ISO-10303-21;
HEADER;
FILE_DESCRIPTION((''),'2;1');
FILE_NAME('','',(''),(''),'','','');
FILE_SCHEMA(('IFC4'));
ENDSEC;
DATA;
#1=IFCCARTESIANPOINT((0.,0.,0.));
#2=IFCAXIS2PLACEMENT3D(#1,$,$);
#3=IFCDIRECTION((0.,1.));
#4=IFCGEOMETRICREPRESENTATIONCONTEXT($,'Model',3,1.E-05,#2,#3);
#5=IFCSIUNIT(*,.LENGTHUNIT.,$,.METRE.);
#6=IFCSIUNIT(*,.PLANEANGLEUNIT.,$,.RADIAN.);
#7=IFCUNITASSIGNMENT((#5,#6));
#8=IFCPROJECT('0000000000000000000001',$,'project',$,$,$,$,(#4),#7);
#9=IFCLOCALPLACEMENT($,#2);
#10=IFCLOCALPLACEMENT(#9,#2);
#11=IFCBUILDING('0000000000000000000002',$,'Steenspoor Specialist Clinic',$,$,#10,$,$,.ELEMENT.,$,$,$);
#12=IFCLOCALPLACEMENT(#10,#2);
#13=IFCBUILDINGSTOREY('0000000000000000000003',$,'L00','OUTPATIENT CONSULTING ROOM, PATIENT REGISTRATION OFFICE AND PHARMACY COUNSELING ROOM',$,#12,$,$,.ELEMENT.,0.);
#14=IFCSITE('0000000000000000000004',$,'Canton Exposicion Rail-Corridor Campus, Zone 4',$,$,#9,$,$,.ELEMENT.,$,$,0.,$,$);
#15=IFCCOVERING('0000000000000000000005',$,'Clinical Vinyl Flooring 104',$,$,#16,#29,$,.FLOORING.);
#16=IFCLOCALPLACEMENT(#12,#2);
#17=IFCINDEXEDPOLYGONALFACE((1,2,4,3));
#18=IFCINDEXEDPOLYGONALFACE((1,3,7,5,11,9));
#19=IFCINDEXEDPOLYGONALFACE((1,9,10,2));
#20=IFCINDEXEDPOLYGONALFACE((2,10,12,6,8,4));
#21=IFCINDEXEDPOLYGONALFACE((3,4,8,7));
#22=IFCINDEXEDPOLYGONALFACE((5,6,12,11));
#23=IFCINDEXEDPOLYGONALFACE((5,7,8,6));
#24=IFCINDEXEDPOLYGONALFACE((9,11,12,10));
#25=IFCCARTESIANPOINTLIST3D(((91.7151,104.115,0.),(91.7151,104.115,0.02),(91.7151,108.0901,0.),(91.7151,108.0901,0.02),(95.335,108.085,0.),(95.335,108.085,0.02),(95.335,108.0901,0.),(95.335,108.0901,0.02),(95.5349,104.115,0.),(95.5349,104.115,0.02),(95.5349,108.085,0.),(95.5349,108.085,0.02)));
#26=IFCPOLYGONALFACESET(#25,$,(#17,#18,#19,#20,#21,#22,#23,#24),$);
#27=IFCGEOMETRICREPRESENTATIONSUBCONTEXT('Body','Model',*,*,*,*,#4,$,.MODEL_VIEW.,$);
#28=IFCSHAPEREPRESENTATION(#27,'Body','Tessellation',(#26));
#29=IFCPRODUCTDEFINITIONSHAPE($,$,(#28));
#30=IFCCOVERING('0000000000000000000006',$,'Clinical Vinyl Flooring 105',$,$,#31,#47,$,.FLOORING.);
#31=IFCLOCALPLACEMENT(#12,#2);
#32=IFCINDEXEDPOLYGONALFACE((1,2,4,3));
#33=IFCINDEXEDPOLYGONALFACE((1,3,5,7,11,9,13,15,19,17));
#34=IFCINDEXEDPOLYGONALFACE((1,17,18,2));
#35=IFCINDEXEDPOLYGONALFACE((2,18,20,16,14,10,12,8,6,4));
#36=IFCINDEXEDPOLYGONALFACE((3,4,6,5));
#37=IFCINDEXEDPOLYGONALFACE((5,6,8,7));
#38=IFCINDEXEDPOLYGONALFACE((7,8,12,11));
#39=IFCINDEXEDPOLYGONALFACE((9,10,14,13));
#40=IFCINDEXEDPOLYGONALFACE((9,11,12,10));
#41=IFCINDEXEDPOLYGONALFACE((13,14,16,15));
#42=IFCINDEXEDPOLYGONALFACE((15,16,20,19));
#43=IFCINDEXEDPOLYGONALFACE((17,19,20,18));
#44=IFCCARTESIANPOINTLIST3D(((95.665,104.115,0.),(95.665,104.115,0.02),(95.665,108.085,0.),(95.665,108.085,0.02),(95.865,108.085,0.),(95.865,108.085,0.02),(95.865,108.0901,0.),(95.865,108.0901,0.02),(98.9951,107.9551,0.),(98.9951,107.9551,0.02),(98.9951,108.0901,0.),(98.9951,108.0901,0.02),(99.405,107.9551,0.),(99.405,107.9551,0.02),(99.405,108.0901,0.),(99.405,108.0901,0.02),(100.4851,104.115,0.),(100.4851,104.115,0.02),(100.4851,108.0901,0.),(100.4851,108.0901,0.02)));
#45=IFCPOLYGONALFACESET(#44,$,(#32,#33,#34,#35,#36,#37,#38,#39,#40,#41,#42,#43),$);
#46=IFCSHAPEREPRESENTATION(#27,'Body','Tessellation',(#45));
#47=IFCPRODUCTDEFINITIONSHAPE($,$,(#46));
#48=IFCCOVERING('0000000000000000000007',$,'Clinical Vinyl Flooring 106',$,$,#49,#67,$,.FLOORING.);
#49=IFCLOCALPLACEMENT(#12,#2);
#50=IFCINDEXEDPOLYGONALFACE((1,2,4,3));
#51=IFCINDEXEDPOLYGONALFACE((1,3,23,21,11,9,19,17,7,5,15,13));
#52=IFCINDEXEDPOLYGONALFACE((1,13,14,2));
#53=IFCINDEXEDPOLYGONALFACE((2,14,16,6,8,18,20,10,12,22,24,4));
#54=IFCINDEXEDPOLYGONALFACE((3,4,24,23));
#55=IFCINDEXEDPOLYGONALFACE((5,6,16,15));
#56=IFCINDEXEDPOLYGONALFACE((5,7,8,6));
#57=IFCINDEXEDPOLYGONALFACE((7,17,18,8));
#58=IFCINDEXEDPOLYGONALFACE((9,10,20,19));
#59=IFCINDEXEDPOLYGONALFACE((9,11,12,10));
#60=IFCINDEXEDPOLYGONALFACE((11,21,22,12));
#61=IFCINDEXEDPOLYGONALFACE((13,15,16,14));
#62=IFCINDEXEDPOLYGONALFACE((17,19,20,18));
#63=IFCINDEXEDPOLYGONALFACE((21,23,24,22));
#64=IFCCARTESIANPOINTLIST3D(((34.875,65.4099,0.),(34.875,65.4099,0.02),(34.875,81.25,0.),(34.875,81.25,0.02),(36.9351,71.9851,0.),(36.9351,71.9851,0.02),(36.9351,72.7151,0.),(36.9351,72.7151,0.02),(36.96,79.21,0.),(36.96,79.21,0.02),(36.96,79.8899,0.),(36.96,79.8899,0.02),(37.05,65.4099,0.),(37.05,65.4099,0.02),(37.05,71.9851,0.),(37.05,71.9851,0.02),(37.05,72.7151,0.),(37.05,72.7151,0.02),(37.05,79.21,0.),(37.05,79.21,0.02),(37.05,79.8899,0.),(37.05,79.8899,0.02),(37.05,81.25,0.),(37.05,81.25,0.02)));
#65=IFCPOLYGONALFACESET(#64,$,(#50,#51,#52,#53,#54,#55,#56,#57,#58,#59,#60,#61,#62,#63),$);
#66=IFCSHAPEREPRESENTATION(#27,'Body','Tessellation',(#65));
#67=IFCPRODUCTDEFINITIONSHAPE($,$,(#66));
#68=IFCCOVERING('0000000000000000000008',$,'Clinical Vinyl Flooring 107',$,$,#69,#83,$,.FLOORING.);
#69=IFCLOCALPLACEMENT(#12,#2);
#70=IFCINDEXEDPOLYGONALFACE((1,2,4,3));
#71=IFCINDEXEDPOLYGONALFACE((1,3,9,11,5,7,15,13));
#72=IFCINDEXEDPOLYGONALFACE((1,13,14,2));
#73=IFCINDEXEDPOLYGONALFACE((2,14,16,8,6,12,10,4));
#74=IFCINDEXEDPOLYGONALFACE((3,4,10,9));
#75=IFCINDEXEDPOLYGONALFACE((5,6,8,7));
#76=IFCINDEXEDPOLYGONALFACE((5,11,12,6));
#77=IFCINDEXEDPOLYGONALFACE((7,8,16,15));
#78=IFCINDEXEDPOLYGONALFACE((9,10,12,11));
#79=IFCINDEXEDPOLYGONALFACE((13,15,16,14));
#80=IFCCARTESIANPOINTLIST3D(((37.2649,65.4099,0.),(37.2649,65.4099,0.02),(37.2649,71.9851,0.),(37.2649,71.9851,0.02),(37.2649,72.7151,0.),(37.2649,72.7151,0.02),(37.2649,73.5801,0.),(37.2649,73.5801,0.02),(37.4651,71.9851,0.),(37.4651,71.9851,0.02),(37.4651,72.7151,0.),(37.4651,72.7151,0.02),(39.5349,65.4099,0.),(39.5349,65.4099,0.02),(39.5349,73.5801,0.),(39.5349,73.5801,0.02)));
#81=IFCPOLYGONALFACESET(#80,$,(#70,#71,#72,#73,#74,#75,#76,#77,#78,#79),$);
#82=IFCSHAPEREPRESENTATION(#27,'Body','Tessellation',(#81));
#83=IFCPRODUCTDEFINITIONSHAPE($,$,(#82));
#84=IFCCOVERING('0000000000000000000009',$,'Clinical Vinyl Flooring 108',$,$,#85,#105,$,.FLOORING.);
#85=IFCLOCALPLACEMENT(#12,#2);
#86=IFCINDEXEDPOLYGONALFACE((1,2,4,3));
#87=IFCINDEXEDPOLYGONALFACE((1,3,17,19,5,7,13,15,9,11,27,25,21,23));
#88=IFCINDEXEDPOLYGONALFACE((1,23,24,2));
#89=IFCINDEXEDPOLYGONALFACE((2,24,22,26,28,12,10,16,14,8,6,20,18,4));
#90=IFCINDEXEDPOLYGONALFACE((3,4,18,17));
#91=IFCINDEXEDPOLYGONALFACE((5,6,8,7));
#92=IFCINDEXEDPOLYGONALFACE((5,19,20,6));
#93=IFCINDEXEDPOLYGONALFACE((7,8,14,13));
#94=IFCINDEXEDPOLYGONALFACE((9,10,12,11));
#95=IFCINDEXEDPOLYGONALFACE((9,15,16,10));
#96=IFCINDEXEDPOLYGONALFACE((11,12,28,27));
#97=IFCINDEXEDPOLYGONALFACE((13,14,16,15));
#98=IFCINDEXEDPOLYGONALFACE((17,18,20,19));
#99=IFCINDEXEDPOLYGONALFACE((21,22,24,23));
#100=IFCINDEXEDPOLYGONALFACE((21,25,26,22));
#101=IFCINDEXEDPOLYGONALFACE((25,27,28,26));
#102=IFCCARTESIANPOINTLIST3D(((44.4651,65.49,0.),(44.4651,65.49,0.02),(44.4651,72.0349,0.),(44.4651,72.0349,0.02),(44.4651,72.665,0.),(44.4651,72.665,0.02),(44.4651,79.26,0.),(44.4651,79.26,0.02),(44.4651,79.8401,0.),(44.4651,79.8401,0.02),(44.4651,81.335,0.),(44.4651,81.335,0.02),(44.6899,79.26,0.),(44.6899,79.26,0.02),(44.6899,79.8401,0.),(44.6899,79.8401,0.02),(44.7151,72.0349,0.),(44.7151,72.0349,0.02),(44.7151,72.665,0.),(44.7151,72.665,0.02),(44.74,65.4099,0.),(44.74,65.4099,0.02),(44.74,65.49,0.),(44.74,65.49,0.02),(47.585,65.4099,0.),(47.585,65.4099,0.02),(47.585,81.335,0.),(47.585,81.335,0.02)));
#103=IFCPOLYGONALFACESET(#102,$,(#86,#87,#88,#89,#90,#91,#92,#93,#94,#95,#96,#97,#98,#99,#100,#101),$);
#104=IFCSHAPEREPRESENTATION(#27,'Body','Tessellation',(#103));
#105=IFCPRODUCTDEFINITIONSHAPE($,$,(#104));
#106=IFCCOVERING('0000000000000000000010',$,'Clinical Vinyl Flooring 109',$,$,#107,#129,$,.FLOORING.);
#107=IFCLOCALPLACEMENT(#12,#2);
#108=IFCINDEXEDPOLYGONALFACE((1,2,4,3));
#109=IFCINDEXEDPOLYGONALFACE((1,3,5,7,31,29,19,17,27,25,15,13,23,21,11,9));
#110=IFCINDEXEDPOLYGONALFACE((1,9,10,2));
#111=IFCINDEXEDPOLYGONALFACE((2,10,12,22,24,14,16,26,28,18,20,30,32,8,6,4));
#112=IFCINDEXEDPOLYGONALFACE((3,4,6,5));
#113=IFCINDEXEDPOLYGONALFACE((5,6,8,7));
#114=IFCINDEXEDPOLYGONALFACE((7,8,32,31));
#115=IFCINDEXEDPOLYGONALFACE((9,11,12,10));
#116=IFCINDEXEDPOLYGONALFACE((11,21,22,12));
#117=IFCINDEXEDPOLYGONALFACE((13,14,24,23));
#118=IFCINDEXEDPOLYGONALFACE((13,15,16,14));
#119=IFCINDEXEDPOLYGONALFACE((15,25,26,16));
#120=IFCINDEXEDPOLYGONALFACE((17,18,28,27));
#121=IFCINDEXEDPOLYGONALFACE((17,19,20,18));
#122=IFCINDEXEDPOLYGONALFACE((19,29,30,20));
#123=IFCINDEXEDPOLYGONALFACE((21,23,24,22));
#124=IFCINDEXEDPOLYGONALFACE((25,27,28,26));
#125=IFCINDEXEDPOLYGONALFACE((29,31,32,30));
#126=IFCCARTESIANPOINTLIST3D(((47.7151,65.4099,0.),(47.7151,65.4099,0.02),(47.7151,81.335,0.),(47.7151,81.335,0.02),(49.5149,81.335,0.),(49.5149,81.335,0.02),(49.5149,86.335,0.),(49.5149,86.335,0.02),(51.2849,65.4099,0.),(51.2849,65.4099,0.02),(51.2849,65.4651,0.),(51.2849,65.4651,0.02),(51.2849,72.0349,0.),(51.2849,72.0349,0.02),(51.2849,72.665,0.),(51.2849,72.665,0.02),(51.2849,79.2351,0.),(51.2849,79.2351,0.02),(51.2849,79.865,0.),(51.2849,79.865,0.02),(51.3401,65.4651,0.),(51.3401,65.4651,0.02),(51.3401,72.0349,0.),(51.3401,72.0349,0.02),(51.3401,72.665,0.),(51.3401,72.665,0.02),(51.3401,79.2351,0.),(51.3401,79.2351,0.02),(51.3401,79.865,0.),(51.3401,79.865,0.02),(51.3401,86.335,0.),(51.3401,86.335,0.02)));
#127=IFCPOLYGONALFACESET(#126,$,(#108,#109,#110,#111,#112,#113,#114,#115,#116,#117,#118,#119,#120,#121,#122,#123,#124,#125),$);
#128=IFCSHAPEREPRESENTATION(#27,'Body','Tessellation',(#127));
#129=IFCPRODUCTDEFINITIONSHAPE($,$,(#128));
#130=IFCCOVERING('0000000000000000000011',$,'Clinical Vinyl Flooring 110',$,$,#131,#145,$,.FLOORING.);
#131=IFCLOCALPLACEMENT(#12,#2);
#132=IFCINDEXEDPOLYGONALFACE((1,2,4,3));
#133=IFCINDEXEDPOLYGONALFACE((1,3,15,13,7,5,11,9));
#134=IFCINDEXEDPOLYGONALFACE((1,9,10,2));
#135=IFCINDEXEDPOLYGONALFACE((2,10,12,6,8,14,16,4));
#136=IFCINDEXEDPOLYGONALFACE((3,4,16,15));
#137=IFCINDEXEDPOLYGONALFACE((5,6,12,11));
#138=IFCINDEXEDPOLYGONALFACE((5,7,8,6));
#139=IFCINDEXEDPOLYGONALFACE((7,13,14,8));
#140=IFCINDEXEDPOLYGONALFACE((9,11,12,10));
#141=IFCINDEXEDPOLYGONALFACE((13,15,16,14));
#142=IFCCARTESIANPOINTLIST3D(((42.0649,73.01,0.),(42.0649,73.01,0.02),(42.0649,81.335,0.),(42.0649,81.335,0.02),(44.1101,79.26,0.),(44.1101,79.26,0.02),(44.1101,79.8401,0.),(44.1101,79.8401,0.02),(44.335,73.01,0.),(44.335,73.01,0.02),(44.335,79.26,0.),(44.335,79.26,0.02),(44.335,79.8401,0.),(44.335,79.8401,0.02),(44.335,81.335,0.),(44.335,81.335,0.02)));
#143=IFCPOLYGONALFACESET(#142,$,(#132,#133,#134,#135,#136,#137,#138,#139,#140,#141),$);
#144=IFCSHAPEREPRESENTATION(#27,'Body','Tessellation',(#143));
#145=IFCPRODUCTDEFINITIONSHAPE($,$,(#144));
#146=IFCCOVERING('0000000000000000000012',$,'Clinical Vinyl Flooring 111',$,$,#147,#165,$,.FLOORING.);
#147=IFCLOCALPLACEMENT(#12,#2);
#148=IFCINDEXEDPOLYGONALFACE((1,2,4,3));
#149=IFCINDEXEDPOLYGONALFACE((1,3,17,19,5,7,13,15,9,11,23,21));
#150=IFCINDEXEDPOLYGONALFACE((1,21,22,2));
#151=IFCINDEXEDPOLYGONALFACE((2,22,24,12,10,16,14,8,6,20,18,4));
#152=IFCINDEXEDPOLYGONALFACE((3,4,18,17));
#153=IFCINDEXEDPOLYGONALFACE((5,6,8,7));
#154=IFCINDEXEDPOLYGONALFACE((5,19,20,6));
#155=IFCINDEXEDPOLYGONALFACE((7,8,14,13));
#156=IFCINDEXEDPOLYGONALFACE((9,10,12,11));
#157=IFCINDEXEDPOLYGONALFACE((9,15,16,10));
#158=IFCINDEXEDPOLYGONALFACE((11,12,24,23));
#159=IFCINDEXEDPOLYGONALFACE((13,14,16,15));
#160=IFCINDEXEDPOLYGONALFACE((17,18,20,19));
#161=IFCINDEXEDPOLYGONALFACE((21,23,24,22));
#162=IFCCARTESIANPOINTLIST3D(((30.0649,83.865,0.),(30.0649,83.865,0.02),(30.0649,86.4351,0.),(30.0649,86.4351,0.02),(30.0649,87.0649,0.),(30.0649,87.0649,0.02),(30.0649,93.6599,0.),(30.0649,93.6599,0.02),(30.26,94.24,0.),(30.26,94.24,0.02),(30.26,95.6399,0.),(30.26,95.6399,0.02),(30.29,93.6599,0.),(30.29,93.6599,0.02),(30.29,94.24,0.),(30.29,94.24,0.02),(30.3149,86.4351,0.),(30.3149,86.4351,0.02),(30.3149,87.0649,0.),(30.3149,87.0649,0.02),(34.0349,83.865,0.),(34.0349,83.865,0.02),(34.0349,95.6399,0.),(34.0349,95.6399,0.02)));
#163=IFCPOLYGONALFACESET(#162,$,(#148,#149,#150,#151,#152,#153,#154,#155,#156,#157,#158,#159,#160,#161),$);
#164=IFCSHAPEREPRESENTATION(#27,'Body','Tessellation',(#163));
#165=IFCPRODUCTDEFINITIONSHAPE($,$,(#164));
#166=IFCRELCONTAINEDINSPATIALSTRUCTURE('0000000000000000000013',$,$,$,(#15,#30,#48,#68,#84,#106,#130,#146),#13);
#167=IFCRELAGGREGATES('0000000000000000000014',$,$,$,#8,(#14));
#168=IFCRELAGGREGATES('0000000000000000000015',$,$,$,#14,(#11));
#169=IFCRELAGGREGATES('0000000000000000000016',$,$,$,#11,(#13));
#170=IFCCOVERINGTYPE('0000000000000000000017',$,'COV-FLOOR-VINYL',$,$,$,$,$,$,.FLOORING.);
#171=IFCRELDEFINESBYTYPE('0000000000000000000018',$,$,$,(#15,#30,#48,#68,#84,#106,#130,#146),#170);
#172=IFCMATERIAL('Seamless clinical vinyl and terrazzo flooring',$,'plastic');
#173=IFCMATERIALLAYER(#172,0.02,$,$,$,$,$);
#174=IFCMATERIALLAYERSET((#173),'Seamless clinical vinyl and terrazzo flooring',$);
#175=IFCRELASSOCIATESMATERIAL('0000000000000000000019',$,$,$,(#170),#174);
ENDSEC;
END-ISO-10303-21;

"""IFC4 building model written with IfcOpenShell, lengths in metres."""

from ifc_helpers import new_model, si_unit, direction, origin, place, context, subcontext, project, spatial, polyline, outline, extrude, material, layer, layer_set, type_object, element, save


model = new_model("IFC4")

# Units and contexts
model_context = context("Model", 3, precision=1e-05, world=origin(), true_north=direction((0.0, 1.0)))
body_context = subcontext(model_context, "Body", "Model", "MODEL_VIEW")
ifc_project = project(units=[si_unit("LENGTHUNIT", "METRE"), si_unit("PLANEANGLEUNIT", "RADIAN")], contexts=[model_context])

# Site, building, storey
site_placement = place(None, origin())
site = spatial("IfcSite", under=ifc_project, at=site_placement, Name="Canton Exposicion Rail-Corridor Campus, Zone 4", CompositionType="ELEMENT", RefElevation=0.0)
building_placement = place(site_placement, origin())
building = spatial("IfcBuilding", under=site, at=building_placement, Name="Steenspoor Specialist Clinic", CompositionType="ELEMENT")
storey_placement = place(building_placement, origin())
storey = spatial("IfcBuildingStorey", under=building, at=storey_placement, Name="L00", Description="OUTPATIENT CONSULTING ROOM, PATIENT REGISTRATION OFFICE AND PHARMACY COUNSELING ROOM", CompositionType="ELEMENT", Elevation=0.0)

# Coverings
ifc_material_1 = material(Name="Seamless clinical vinyl and terrazzo flooring", Category="plastic")
ifc_layer_1 = layer(ifc_material_1, 0.02)
ifc_layer_set_1 = layer_set([ifc_layer_1], Name="Seamless clinical vinyl and terrazzo flooring")
covering_type_1 = type_object("IfcCoveringType", Name="COV-FLOOR-VINYL", PredefinedType="FLOORING", material=ifc_layer_set_1)
covering_1_placement = place(storey_placement, origin())
element("IfcCovering", 1, at=covering_1_placement, inside=storey, type_object=covering_type_1, Name="Clinical Vinyl Flooring 104", PredefinedType="FLOORING", context=body_context, shape_type="SweptSolid", body=[
    extrude(outline(polyline([(91.7151, 108.0901), (95.335, 108.0901), (95.335, 108.085), (95.5349, 108.085), (95.5349, 104.115), (91.7151, 104.115), (91.7151, 108.0901)])), origin(), (0.0, 0.0, 1.0), 0.02),
])
covering_2_placement = place(storey_placement, origin())
element("IfcCovering", 2, at=covering_2_placement, inside=storey, type_object=covering_type_1, Name="Clinical Vinyl Flooring 105", PredefinedType="FLOORING", context=body_context, shape_type="SweptSolid", body=[
    extrude(outline(polyline([(98.9951, 108.0901), (98.9951, 107.9551), (99.405, 107.9551), (99.405, 108.0901), (100.4851, 108.0901), (100.4851, 104.115), (95.665, 104.115), (95.665, 108.085), (95.865, 108.085), (95.865, 108.0901), (98.9951, 108.0901)])), origin(), (0.0, 0.0, 1.0), 0.02),
])
covering_3_placement = place(storey_placement, origin())
element("IfcCovering", 3, at=covering_3_placement, inside=storey, type_object=covering_type_1, Name="Clinical Vinyl Flooring 106", PredefinedType="FLOORING", context=body_context, shape_type="SweptSolid", body=[
    extrude(outline(polyline([(37.05, 79.8899), (36.96, 79.8899), (36.96, 79.21), (37.05, 79.21), (37.05, 72.7151), (36.9351, 72.7151), (36.9351, 71.9851), (37.05, 71.9851), (37.05, 65.4099), (34.875, 65.4099), (34.875, 81.25), (37.05, 81.25), (37.05, 79.8899)])), origin(), (0.0, 0.0, 1.0), 0.02),
])
covering_4_placement = place(storey_placement, origin())
element("IfcCovering", 4, at=covering_4_placement, inside=storey, type_object=covering_type_1, Name="Clinical Vinyl Flooring 107", PredefinedType="FLOORING", context=body_context, shape_type="SweptSolid", body=[
    extrude(outline(polyline([(39.5349, 73.5801), (39.5349, 65.4099), (37.2649, 65.4099), (37.2649, 71.9851), (37.4651, 71.9851), (37.4651, 72.7151), (37.2649, 72.7151), (37.2649, 73.5801), (39.5349, 73.5801)])), origin(), (0.0, 0.0, 1.0), 0.02),
])
covering_5_placement = place(storey_placement, origin())
element("IfcCovering", 5, at=covering_5_placement, inside=storey, type_object=covering_type_1, Name="Clinical Vinyl Flooring 108", PredefinedType="FLOORING", context=body_context, shape_type="SweptSolid", body=[
    extrude(outline(polyline([(47.585, 65.4099), (44.74, 65.4099), (44.74, 65.49), (44.4651, 65.49), (44.4651, 72.0349), (44.7151, 72.0349), (44.7151, 72.665), (44.4651, 72.665), (44.4651, 79.26), (44.6899, 79.26), (44.6899, 79.8401), (44.4651, 79.8401), (44.4651, 81.335), (47.585, 81.335), (47.585, 65.4099)])), origin(), (0.0, 0.0, 1.0), 0.02),
])
covering_6_placement = place(storey_placement, origin())
element("IfcCovering", 6, at=covering_6_placement, inside=storey, type_object=covering_type_1, Name="Clinical Vinyl Flooring 109", PredefinedType="FLOORING", context=body_context, shape_type="SweptSolid", body=[
    extrude(outline(polyline([(49.5149, 81.335), (49.5149, 86.335), (51.3401, 86.335), (51.3401, 79.865), (51.2849, 79.865), (51.2849, 79.2351), (51.3401, 79.2351), (51.3401, 72.665), (51.2849, 72.665), (51.2849, 72.0349), (51.3401, 72.0349), (51.3401, 65.4651), (51.2849, 65.4651), (51.2849, 65.4099), (47.7151, 65.4099), (47.7151, 81.335), (49.5149, 81.335)])), origin(), (0.0, 0.0, 1.0), 0.02),
])
covering_7_placement = place(storey_placement, origin())
element("IfcCovering", 7, at=covering_7_placement, inside=storey, type_object=covering_type_1, Name="Clinical Vinyl Flooring 110", PredefinedType="FLOORING", context=body_context, shape_type="SweptSolid", body=[
    extrude(outline(polyline([(42.0649, 73.01), (42.0649, 81.335), (44.335, 81.335), (44.335, 79.8401), (44.1101, 79.8401), (44.1101, 79.26), (44.335, 79.26), (44.335, 73.01), (42.0649, 73.01)])), origin(), (0.0, 0.0, 1.0), 0.02),
])
covering_8_placement = place(storey_placement, origin())
element("IfcCovering", 8, at=covering_8_placement, inside=storey, type_object=covering_type_1, Name="Clinical Vinyl Flooring 111", PredefinedType="FLOORING", context=body_context, shape_type="SweptSolid", body=[
    extrude(outline(polyline([(34.0349, 83.865), (30.0649, 83.865), (30.0649, 86.4351), (30.3149, 86.4351), (30.3149, 87.0649), (30.0649, 87.0649), (30.0649, 93.6599), (30.29, 93.6599), (30.29, 94.24), (30.26, 94.24), (30.26, 95.6399), (34.0349, 95.6399), (34.0349, 83.865)])), origin(), (0.0, 0.0, 1.0), 0.02),
])

save(model, "model.ifc")
